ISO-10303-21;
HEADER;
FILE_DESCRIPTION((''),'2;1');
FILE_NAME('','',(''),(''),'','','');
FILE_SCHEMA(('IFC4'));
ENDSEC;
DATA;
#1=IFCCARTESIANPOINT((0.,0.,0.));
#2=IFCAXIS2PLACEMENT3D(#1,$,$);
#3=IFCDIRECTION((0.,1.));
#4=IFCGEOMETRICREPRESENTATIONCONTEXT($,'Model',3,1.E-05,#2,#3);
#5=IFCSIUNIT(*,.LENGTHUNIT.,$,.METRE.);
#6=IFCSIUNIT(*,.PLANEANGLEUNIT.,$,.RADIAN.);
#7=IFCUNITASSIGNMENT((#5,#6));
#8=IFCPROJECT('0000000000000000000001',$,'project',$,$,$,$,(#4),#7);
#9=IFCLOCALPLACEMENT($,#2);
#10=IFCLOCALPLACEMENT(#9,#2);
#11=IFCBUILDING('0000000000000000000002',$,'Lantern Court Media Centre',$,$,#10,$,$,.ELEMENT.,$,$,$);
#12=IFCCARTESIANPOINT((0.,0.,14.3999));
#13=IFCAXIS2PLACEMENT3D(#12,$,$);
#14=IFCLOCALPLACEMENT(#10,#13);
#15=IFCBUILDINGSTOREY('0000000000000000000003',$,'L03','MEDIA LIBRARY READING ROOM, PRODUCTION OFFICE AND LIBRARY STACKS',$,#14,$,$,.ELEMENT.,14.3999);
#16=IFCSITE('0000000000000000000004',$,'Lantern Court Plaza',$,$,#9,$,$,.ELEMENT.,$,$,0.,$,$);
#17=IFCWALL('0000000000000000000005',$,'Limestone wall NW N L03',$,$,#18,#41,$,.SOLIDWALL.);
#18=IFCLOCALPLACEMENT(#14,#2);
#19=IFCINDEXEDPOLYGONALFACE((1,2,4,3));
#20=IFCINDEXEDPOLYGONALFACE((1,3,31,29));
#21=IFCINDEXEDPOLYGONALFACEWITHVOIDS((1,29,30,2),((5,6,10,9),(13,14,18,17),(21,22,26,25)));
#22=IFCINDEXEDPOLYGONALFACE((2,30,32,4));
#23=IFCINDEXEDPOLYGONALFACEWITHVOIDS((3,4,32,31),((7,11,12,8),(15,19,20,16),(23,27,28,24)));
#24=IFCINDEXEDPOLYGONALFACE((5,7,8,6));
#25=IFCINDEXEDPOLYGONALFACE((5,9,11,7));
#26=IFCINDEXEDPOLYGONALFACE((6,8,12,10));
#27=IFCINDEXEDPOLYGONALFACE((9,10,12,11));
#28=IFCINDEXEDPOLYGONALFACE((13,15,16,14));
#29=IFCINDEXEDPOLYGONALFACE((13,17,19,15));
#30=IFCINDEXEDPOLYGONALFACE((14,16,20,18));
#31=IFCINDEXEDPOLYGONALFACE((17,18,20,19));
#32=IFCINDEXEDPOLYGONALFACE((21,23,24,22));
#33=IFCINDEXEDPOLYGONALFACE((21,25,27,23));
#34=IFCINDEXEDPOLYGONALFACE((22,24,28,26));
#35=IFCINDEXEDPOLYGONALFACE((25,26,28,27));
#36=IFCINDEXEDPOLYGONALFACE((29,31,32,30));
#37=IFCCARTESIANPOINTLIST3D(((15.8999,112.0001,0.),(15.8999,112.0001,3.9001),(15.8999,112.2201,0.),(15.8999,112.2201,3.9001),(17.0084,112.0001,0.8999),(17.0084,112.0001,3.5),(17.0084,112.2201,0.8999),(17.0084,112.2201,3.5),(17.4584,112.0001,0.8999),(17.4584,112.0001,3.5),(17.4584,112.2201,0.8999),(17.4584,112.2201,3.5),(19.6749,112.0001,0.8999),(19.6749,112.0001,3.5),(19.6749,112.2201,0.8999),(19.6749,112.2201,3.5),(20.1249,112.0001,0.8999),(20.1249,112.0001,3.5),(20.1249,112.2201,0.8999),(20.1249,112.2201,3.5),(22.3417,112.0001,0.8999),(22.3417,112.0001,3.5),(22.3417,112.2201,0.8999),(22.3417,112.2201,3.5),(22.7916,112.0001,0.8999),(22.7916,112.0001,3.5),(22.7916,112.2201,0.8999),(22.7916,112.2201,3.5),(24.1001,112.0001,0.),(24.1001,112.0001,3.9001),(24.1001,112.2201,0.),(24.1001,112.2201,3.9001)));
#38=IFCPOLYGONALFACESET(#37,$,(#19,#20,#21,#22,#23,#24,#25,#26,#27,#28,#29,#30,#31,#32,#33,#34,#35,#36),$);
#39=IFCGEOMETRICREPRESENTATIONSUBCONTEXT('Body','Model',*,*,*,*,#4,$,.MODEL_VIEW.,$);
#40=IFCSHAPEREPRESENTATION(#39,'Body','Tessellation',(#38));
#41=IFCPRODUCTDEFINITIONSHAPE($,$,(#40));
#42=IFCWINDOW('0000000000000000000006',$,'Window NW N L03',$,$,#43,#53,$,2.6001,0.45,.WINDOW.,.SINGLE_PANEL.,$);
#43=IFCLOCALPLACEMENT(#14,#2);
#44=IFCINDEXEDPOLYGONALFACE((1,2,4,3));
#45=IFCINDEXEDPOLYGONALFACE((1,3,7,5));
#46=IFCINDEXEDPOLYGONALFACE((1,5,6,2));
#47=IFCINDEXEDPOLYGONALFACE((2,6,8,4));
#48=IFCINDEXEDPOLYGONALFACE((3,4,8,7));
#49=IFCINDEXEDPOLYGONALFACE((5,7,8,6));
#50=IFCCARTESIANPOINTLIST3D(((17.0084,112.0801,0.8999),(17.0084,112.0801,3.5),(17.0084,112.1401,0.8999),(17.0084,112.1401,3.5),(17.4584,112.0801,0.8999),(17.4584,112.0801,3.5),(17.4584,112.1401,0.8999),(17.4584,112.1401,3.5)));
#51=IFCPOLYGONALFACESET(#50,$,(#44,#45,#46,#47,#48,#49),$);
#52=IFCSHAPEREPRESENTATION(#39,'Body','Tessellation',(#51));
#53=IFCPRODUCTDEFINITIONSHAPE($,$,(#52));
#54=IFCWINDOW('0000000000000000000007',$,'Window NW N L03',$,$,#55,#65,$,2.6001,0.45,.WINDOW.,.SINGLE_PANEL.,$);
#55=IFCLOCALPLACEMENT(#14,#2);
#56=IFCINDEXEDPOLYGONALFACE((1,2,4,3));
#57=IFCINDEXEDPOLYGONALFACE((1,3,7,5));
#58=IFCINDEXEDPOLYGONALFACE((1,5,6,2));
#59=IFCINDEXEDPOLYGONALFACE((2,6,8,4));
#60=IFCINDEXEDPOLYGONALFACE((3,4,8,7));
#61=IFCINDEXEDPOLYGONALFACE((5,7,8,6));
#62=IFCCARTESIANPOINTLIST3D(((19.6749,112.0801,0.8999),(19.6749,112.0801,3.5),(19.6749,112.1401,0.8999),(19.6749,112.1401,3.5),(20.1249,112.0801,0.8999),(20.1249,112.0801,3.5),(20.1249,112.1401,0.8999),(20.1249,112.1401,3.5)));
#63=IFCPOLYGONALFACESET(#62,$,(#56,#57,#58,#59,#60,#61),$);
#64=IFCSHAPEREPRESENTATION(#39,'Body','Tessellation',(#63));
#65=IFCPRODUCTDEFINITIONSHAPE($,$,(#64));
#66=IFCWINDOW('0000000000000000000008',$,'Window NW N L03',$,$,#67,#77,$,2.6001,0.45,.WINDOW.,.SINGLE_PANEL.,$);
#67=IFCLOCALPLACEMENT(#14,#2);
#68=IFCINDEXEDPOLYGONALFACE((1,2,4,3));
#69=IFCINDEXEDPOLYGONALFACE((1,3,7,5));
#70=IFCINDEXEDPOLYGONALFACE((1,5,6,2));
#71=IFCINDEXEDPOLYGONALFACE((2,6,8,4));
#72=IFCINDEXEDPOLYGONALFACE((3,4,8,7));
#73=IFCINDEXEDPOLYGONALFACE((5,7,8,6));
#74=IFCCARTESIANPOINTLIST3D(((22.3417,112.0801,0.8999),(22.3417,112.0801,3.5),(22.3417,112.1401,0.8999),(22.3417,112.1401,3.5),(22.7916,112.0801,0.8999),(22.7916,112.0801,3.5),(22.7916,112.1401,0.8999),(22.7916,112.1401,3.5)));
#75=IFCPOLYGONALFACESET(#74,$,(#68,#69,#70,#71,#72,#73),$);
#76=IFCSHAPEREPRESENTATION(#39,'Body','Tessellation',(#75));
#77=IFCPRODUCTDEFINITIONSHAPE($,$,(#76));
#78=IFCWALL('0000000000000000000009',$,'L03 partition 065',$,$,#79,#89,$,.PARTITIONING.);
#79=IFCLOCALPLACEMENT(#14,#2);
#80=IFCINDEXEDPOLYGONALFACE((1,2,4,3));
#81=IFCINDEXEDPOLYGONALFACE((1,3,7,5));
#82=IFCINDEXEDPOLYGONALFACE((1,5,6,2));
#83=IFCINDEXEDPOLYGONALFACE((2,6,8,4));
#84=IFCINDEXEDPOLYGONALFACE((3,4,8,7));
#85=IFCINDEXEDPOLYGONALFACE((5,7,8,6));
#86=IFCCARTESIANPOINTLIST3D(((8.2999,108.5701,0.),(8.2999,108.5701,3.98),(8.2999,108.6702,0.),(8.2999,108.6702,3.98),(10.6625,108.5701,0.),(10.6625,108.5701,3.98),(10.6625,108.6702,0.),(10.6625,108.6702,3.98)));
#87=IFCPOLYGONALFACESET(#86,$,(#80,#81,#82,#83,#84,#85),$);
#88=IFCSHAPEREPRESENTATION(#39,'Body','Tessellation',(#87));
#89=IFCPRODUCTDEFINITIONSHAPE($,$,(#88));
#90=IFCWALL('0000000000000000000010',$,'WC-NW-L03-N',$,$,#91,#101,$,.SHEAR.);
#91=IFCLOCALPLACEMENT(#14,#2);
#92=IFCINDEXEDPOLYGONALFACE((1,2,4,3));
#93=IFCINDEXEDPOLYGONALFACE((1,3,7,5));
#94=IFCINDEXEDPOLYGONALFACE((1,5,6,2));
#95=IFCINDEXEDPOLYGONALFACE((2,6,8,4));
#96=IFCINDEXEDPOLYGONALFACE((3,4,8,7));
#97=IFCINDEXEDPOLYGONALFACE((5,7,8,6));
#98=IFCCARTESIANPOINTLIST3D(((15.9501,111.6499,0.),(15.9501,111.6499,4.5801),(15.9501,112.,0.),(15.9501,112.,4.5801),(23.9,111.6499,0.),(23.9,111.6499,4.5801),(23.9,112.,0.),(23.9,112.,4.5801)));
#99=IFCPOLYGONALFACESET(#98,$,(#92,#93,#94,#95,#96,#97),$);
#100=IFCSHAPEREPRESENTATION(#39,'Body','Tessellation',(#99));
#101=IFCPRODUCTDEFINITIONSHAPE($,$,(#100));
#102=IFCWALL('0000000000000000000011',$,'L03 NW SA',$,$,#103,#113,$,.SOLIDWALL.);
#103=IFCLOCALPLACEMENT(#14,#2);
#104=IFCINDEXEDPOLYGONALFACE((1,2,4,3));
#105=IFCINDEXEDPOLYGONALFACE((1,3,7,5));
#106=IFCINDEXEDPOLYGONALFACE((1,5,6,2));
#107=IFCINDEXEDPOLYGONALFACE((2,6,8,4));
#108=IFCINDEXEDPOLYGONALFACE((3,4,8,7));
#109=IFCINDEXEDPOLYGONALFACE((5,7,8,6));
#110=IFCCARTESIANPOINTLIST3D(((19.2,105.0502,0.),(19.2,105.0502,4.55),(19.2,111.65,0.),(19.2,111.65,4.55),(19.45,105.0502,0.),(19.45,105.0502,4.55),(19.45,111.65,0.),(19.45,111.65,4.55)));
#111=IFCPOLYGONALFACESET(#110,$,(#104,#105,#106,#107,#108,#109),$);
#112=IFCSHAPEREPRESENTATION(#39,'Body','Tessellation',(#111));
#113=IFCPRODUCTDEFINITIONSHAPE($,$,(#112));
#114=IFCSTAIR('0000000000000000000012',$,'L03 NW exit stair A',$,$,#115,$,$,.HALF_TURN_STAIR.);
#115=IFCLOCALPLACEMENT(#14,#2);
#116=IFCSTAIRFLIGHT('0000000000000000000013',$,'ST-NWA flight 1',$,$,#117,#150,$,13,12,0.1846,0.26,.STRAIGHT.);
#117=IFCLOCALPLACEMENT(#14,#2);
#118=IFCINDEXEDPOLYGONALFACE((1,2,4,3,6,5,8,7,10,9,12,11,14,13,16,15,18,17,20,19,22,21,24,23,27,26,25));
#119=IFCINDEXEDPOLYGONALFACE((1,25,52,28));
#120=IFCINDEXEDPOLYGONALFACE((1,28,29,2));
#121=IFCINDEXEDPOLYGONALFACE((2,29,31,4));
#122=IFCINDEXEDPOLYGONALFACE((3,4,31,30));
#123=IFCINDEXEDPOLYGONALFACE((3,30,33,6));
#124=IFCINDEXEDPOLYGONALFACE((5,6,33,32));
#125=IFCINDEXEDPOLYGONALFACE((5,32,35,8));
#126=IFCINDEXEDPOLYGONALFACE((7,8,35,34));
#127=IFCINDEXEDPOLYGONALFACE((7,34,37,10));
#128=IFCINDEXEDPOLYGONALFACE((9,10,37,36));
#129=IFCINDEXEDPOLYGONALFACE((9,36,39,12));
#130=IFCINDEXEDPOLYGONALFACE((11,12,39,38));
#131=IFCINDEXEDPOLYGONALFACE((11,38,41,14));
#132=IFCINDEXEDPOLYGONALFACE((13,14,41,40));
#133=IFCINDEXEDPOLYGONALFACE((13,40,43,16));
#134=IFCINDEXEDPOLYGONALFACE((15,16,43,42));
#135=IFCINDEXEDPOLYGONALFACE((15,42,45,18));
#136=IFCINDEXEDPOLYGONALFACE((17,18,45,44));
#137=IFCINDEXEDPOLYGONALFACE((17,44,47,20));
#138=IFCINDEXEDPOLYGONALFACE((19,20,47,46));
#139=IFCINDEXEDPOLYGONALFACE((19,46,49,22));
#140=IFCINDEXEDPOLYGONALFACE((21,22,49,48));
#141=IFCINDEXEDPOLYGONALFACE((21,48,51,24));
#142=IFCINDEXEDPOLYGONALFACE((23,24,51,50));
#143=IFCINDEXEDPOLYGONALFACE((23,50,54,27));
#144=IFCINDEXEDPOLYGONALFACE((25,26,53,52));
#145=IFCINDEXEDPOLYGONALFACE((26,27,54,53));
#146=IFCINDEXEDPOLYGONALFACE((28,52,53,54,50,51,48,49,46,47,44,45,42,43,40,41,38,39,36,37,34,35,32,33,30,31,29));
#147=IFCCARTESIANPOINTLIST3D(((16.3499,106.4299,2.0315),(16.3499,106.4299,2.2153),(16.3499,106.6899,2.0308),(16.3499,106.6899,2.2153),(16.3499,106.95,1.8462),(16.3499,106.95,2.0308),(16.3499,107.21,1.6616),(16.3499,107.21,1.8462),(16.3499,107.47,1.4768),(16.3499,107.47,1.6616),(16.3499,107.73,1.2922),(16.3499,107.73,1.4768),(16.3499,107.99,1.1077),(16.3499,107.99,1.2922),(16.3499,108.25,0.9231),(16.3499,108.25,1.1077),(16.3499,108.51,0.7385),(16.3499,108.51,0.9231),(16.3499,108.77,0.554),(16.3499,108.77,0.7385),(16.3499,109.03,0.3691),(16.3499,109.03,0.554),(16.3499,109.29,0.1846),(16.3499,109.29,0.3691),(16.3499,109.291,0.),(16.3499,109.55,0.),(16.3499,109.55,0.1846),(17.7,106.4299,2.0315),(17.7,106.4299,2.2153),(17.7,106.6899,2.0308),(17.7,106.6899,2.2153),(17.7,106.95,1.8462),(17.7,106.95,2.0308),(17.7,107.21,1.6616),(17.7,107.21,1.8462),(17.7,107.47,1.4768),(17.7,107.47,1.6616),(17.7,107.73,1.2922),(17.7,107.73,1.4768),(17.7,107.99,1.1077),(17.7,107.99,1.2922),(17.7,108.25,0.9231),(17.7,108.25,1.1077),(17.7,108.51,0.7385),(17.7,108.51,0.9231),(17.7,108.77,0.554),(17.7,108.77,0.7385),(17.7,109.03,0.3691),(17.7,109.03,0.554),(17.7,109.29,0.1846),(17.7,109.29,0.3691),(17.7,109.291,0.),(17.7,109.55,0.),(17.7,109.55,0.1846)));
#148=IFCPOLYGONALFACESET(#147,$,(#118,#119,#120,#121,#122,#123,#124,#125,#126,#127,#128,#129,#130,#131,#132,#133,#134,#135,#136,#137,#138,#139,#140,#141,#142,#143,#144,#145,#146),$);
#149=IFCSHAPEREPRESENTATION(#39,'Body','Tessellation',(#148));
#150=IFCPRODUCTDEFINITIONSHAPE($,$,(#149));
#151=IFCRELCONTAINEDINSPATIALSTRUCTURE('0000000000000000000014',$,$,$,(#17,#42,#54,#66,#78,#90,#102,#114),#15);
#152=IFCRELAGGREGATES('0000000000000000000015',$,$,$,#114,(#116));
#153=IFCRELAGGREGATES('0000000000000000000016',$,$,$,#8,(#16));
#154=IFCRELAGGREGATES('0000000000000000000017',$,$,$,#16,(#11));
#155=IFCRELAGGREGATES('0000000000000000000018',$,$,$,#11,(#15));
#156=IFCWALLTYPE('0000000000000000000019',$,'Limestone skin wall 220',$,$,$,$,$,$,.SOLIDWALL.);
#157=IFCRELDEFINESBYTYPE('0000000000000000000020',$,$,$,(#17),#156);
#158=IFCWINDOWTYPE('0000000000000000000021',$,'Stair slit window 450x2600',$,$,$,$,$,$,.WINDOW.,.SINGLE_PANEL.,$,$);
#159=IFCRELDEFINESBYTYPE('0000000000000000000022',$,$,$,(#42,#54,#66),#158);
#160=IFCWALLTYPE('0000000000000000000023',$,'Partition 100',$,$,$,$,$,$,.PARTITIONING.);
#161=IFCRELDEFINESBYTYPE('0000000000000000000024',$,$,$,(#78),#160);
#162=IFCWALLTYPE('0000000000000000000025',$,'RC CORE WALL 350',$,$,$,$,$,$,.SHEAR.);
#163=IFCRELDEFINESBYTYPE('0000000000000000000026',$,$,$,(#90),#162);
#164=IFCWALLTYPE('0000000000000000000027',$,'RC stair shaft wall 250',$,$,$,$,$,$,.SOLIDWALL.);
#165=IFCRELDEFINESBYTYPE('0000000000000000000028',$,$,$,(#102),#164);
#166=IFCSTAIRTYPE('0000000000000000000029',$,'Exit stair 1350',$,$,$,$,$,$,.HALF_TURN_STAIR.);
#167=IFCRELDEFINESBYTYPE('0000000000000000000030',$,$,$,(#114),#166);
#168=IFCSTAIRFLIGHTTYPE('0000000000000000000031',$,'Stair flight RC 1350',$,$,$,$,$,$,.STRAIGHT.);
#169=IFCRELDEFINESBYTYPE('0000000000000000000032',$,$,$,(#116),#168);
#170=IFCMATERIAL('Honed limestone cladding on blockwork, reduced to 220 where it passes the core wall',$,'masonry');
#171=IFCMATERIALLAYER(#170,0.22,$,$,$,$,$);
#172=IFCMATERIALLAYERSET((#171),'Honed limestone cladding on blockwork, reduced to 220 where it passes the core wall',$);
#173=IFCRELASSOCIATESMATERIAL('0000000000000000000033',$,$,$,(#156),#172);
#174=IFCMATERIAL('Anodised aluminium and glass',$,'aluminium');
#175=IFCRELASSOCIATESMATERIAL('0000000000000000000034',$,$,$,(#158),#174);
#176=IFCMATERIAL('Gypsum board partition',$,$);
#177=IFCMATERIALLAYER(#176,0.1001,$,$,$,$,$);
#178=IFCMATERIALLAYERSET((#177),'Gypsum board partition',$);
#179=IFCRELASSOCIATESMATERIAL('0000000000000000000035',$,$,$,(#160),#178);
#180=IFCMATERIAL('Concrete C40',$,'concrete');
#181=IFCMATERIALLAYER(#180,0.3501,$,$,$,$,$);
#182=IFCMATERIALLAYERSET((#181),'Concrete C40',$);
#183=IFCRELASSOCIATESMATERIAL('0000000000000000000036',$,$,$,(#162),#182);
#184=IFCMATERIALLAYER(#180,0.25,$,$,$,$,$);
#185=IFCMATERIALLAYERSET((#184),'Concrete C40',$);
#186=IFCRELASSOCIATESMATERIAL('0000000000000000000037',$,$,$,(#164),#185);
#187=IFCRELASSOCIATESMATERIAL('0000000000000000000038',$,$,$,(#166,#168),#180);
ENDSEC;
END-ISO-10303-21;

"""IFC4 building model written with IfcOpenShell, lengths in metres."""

from ifc_helpers import new_model, si_unit, direction, frame, frame_2d, origin, place, context, subcontext, project, spatial, polyline, rectangle, outline, extrude, material, layer, layer_set, type_object, element, fill, aggregate, save


model = new_model("IFC4")

# Units and contexts
model_context = context("Model", 3, precision=1e-05, world=origin(), true_north=direction((0.0, 1.0)))
body_context = subcontext(model_context, "Body", "Model", "MODEL_VIEW")
ifc_project = project(units=[si_unit("LENGTHUNIT", "METRE"), si_unit("PLANEANGLEUNIT", "RADIAN")], contexts=[model_context])

# Site, building, storey
site_placement = place(None, origin())
site = spatial("IfcSite", under=ifc_project, at=site_placement, Name="Lantern Court Plaza", CompositionType="ELEMENT", RefElevation=0.0)
building_placement = place(site_placement, origin())
building = spatial("IfcBuilding", under=site, at=building_placement, Name="Lantern Court Media Centre", CompositionType="ELEMENT")
storey_placement = place(building_placement, frame((0.0, 0.0, 14.3999)))
storey = spatial("IfcBuildingStorey", under=building, at=storey_placement, Name="L03", Description="MEDIA LIBRARY READING ROOM, PRODUCTION OFFICE AND LIBRARY STACKS", CompositionType="ELEMENT", Elevation=14.3999)

# Wall, openings, windows
ifc_material_1 = material(Name="Anodised aluminium and glass", Category="aluminium")
ifc_material_2 = material(Name="Honed limestone cladding on blockwork, reduced to 220 where it passes the core wall", Category="masonry")
ifc_layer_1 = layer(ifc_material_2, 0.22)
ifc_layer_set_1 = layer_set([ifc_layer_1], Name="Honed limestone cladding on blockwork, reduced to 220 where it passes the core wall")
wall_type_1 = type_object("IfcWallType", Name="Limestone skin wall 220", PredefinedType="SOLIDWALL", material=ifc_layer_set_1)
wall_1_placement = place(storey_placement, frame((15.8999, 112.1101, 0.0), z_axis=(0.0, 0.0, 1.0), x_axis=(1.0, 0.0, 0.0)))
wall_1 = element("IfcWall", 1, at=wall_1_placement, inside=storey, type_object=wall_type_1, Name="Limestone wall NW N L03", PredefinedType="SOLIDWALL", context=body_context, shape_type="SweptSolid", body=[
    extrude(rectangle(XDim=8.2002, YDim=0.22, at=frame_2d((4.1001, 0.0))), origin(), (0.0, 0.0, 1.0), 3.9001),
])
opening_1_placement = place(wall_1_placement, frame((1.1084, 0.0, 0.8999)))
opening_1 = element("IfcOpeningElement", 2, at=opening_1_placement, cuts=wall_1, PredefinedType="OPENING", context=body_context, shape_type="SweptSolid", body=[
    extrude(rectangle(XDim=0.45, YDim=2.6001, at=frame_2d((0.2251, 1.3))), frame((0.0, 0.1199, 0.0), z_axis=(0.0, -1.0, 0.0), x_axis=(1.0, 0.0, 0.0)), (0.0, 0.0, 1.0), 0.24),
])
opening_2_placement = place(wall_1_placement, frame((3.7749, 0.0, 0.8999)))
opening_2 = element("IfcOpeningElement", 3, at=opening_2_placement, cuts=wall_1, PredefinedType="OPENING", context=body_context, shape_type="SweptSolid", body=[
    extrude(rectangle(XDim=0.45, YDim=2.6001, at=frame_2d((0.2251, 1.3))), frame((0.0, 0.1199, 0.0), z_axis=(0.0, -1.0, 0.0), x_axis=(1.0, 0.0, 0.0)), (0.0, 0.0, 1.0), 0.24),
])
opening_3_placement = place(wall_1_placement, frame((6.4417, 0.0, 0.8999)))
opening_3 = element("IfcOpeningElement", 4, at=opening_3_placement, cuts=wall_1, PredefinedType="OPENING", context=body_context, shape_type="SweptSolid", body=[
    extrude(rectangle(XDim=0.45, YDim=2.6001, at=frame_2d((0.2251, 1.3))), frame((0.0, 0.1199, 0.0), z_axis=(0.0, -1.0, 0.0), x_axis=(1.0, 0.0, 0.0)), (0.0, 0.0, 1.0), 0.24),
])
window_type_1 = type_object("IfcWindowType", Name="Stair slit window 450x2600", PartitioningType="SINGLE_PANEL", PredefinedType="WINDOW", material=ifc_material_1)
window_1_placement = place(opening_1_placement, origin())
window_1 = element("IfcWindow", 5, at=window_1_placement, inside=storey, type_object=window_type_1, Name="Window NW N L03", OverallHeight=2.6001, OverallWidth=0.45, PartitioningType="SINGLE_PANEL", PredefinedType="WINDOW", context=body_context, shape_type="SweptSolid", body=[
    extrude(rectangle(XDim=0.45, YDim=2.6001, at=frame_2d((0.2251, 1.3))), frame((0.0, 0.03, 0.0), z_axis=(0.0, -1.0, 0.0), x_axis=(1.0, 0.0, 0.0)), (0.0, 0.0, 1.0), 0.0601),
])
fill(opening_1, window_1)
window_2_placement = place(opening_2_placement, origin())
window_2 = element("IfcWindow", 6, at=window_2_placement, inside=storey, type_object=window_type_1, Name="Window NW N L03", OverallHeight=2.6001, OverallWidth=0.45, PartitioningType="SINGLE_PANEL", PredefinedType="WINDOW", context=body_context, shape_type="SweptSolid", body=[
    extrude(rectangle(XDim=0.45, YDim=2.6001, at=frame_2d((0.2251, 1.3))), frame((0.0, 0.03, 0.0), z_axis=(0.0, -1.0, 0.0), x_axis=(1.0, 0.0, 0.0)), (0.0, 0.0, 1.0), 0.0601),
])
fill(opening_2, window_2)
window_3_placement = place(opening_3_placement, origin())
window_3 = element("IfcWindow", 7, at=window_3_placement, inside=storey, type_object=window_type_1, Name="Window NW N L03", OverallHeight=2.6001, OverallWidth=0.45, PartitioningType="SINGLE_PANEL", PredefinedType="WINDOW", context=body_context, shape_type="SweptSolid", body=[
    extrude(rectangle(XDim=0.45, YDim=2.6001, at=frame_2d((0.2251, 1.3))), frame((0.0, 0.03, 0.0), z_axis=(0.0, -1.0, 0.0), x_axis=(1.0, 0.0, 0.0)), (0.0, 0.0, 1.0), 0.0601),
])
fill(opening_3, window_3)

# Walls
ifc_material_3 = material(Name="Gypsum board partition")
ifc_layer_2 = layer(ifc_material_3, 0.1001)
ifc_layer_set_2 = layer_set([ifc_layer_2], Name="Gypsum board partition")
wall_type_2 = type_object("IfcWallType", Name="Partition 100", PredefinedType="PARTITIONING", material=ifc_layer_set_2)
wall_2_placement = place(storey_placement, frame((8.3, 108.6201, 0.0), z_axis=(0.0, 0.0, 1.0), x_axis=(1.0, 0.0, 0.0)))
element("IfcWall", 8, at=wall_2_placement, inside=storey, type_object=wall_type_2, Name="L03 partition 065", PredefinedType="PARTITIONING", context=body_context, shape_type="SweptSolid", body=[
    extrude(rectangle(XDim=2.3625, YDim=0.1001, at=frame_2d((1.1812, 0.0))), origin(), (0.0, 0.0, 1.0), 3.98),
])
ifc_material_4 = material(Name="Concrete C40", Category="concrete")
ifc_layer_3 = layer(ifc_material_4, 0.3501)
ifc_layer_set_3 = layer_set([ifc_layer_3], Name="Concrete C40")
wall_type_3 = type_object("IfcWallType", Name="RC CORE WALL 350", PredefinedType="SHEAR", material=ifc_layer_set_3)
wall_3_placement = place(storey_placement, frame((15.95, 111.825, 0.0), z_axis=(0.0, 0.0, 1.0), x_axis=(1.0, 0.0, 0.0)))
element("IfcWall", 9, at=wall_3_placement, inside=storey, type_object=wall_type_3, Name="WC-NW-L03-N", PredefinedType="SHEAR", context=body_context, shape_type="SweptSolid", body=[
    extrude(rectangle(XDim=7.95, YDim=0.3501, at=frame_2d((3.9751, 0.0))), origin(), (0.0, 0.0, 1.0), 4.5801),
])
ifc_layer_4 = layer(ifc_material_4, 0.25)
ifc_layer_set_4 = layer_set([ifc_layer_4], Name="Concrete C40")
wall_type_4 = type_object("IfcWallType", Name="RC stair shaft wall 250", PredefinedType="SOLIDWALL", material=ifc_layer_set_4)
wall_4_placement = place(storey_placement, frame((19.325, 111.6499, 0.0), z_axis=(0.0, 0.0, 1.0), x_axis=(0.0, -1.0, 0.0)))
element("IfcWall", 10, at=wall_4_placement, inside=storey, type_object=wall_type_4, Name="L03 NW SA", PredefinedType="SOLIDWALL", context=body_context, shape_type="SweptSolid", body=[
    extrude(rectangle(XDim=6.5999, YDim=0.25, at=frame_2d((3.2998, 0.0))), origin(), (0.0, 0.0, 1.0), 4.55),
])

# Stair, stair flight
stair_type = type_object("IfcStairType", Name="Exit stair 1350", PredefinedType="HALF_TURN_STAIR", material=ifc_material_4)
stair_placement = place(storey_placement, origin())
stair = element("IfcStair", 11, at=stair_placement, inside=storey, type_object=stair_type, Name="L03 NW exit stair A", PredefinedType="HALF_TURN_STAIR")
stair_flight_type = type_object("IfcStairFlightType", Name="Stair flight RC 1350", PredefinedType="STRAIGHT", material=ifc_material_4)
stair_flight_placement = place(storey_placement, frame((17.0249, 109.55, 0.0), z_axis=(0.0, 0.0, 1.0), x_axis=(0.0, -1.0, 0.0)))
stair_flight = element("IfcStairFlight", 12, at=stair_flight_placement, type_object=stair_flight_type, Name="ST-NWA flight 1", NumberOfRisers=13, NumberOfTreads=12, PredefinedType="STRAIGHT", RiserHeight=0.1846, TreadLength=0.26, context=body_context, shape_type="SweptSolid", body=[
    extrude(outline(polyline([(0.0, 0.0), (0.0, 0.1846), (0.26, 0.1846), (0.26, 0.3691), (0.52, 0.3691), (0.52, 0.554), (0.78, 0.554), (0.78, 0.7385), (1.04, 0.7385), (1.04, 0.9231), (1.3, 0.9231), (1.3, 1.1077), (1.5601, 1.1077), (1.5601, 1.2922), (1.8201, 1.2922), (1.8201, 1.4768), (2.0801, 1.4768), (2.0801, 1.6616), (2.3401, 1.6616), (2.3401, 1.8462), (2.6001, 1.8462), (2.6001, 2.0308), (2.8601, 2.0308), (2.8601, 2.2153), (3.1201, 2.2153), (3.1201, 2.3999), (3.1201, 2.0315), (0.259, 0.0), (0.0, 0.0)])), frame((0.0, 0.675, 0.0), z_axis=(0.0, -1.0, 0.0), x_axis=(1.0, 0.0, 0.0)), (0.0, 0.0, 1.0), 1.3501),
])
aggregate(stair, [stair_flight])

save(model, "model.ifc")
